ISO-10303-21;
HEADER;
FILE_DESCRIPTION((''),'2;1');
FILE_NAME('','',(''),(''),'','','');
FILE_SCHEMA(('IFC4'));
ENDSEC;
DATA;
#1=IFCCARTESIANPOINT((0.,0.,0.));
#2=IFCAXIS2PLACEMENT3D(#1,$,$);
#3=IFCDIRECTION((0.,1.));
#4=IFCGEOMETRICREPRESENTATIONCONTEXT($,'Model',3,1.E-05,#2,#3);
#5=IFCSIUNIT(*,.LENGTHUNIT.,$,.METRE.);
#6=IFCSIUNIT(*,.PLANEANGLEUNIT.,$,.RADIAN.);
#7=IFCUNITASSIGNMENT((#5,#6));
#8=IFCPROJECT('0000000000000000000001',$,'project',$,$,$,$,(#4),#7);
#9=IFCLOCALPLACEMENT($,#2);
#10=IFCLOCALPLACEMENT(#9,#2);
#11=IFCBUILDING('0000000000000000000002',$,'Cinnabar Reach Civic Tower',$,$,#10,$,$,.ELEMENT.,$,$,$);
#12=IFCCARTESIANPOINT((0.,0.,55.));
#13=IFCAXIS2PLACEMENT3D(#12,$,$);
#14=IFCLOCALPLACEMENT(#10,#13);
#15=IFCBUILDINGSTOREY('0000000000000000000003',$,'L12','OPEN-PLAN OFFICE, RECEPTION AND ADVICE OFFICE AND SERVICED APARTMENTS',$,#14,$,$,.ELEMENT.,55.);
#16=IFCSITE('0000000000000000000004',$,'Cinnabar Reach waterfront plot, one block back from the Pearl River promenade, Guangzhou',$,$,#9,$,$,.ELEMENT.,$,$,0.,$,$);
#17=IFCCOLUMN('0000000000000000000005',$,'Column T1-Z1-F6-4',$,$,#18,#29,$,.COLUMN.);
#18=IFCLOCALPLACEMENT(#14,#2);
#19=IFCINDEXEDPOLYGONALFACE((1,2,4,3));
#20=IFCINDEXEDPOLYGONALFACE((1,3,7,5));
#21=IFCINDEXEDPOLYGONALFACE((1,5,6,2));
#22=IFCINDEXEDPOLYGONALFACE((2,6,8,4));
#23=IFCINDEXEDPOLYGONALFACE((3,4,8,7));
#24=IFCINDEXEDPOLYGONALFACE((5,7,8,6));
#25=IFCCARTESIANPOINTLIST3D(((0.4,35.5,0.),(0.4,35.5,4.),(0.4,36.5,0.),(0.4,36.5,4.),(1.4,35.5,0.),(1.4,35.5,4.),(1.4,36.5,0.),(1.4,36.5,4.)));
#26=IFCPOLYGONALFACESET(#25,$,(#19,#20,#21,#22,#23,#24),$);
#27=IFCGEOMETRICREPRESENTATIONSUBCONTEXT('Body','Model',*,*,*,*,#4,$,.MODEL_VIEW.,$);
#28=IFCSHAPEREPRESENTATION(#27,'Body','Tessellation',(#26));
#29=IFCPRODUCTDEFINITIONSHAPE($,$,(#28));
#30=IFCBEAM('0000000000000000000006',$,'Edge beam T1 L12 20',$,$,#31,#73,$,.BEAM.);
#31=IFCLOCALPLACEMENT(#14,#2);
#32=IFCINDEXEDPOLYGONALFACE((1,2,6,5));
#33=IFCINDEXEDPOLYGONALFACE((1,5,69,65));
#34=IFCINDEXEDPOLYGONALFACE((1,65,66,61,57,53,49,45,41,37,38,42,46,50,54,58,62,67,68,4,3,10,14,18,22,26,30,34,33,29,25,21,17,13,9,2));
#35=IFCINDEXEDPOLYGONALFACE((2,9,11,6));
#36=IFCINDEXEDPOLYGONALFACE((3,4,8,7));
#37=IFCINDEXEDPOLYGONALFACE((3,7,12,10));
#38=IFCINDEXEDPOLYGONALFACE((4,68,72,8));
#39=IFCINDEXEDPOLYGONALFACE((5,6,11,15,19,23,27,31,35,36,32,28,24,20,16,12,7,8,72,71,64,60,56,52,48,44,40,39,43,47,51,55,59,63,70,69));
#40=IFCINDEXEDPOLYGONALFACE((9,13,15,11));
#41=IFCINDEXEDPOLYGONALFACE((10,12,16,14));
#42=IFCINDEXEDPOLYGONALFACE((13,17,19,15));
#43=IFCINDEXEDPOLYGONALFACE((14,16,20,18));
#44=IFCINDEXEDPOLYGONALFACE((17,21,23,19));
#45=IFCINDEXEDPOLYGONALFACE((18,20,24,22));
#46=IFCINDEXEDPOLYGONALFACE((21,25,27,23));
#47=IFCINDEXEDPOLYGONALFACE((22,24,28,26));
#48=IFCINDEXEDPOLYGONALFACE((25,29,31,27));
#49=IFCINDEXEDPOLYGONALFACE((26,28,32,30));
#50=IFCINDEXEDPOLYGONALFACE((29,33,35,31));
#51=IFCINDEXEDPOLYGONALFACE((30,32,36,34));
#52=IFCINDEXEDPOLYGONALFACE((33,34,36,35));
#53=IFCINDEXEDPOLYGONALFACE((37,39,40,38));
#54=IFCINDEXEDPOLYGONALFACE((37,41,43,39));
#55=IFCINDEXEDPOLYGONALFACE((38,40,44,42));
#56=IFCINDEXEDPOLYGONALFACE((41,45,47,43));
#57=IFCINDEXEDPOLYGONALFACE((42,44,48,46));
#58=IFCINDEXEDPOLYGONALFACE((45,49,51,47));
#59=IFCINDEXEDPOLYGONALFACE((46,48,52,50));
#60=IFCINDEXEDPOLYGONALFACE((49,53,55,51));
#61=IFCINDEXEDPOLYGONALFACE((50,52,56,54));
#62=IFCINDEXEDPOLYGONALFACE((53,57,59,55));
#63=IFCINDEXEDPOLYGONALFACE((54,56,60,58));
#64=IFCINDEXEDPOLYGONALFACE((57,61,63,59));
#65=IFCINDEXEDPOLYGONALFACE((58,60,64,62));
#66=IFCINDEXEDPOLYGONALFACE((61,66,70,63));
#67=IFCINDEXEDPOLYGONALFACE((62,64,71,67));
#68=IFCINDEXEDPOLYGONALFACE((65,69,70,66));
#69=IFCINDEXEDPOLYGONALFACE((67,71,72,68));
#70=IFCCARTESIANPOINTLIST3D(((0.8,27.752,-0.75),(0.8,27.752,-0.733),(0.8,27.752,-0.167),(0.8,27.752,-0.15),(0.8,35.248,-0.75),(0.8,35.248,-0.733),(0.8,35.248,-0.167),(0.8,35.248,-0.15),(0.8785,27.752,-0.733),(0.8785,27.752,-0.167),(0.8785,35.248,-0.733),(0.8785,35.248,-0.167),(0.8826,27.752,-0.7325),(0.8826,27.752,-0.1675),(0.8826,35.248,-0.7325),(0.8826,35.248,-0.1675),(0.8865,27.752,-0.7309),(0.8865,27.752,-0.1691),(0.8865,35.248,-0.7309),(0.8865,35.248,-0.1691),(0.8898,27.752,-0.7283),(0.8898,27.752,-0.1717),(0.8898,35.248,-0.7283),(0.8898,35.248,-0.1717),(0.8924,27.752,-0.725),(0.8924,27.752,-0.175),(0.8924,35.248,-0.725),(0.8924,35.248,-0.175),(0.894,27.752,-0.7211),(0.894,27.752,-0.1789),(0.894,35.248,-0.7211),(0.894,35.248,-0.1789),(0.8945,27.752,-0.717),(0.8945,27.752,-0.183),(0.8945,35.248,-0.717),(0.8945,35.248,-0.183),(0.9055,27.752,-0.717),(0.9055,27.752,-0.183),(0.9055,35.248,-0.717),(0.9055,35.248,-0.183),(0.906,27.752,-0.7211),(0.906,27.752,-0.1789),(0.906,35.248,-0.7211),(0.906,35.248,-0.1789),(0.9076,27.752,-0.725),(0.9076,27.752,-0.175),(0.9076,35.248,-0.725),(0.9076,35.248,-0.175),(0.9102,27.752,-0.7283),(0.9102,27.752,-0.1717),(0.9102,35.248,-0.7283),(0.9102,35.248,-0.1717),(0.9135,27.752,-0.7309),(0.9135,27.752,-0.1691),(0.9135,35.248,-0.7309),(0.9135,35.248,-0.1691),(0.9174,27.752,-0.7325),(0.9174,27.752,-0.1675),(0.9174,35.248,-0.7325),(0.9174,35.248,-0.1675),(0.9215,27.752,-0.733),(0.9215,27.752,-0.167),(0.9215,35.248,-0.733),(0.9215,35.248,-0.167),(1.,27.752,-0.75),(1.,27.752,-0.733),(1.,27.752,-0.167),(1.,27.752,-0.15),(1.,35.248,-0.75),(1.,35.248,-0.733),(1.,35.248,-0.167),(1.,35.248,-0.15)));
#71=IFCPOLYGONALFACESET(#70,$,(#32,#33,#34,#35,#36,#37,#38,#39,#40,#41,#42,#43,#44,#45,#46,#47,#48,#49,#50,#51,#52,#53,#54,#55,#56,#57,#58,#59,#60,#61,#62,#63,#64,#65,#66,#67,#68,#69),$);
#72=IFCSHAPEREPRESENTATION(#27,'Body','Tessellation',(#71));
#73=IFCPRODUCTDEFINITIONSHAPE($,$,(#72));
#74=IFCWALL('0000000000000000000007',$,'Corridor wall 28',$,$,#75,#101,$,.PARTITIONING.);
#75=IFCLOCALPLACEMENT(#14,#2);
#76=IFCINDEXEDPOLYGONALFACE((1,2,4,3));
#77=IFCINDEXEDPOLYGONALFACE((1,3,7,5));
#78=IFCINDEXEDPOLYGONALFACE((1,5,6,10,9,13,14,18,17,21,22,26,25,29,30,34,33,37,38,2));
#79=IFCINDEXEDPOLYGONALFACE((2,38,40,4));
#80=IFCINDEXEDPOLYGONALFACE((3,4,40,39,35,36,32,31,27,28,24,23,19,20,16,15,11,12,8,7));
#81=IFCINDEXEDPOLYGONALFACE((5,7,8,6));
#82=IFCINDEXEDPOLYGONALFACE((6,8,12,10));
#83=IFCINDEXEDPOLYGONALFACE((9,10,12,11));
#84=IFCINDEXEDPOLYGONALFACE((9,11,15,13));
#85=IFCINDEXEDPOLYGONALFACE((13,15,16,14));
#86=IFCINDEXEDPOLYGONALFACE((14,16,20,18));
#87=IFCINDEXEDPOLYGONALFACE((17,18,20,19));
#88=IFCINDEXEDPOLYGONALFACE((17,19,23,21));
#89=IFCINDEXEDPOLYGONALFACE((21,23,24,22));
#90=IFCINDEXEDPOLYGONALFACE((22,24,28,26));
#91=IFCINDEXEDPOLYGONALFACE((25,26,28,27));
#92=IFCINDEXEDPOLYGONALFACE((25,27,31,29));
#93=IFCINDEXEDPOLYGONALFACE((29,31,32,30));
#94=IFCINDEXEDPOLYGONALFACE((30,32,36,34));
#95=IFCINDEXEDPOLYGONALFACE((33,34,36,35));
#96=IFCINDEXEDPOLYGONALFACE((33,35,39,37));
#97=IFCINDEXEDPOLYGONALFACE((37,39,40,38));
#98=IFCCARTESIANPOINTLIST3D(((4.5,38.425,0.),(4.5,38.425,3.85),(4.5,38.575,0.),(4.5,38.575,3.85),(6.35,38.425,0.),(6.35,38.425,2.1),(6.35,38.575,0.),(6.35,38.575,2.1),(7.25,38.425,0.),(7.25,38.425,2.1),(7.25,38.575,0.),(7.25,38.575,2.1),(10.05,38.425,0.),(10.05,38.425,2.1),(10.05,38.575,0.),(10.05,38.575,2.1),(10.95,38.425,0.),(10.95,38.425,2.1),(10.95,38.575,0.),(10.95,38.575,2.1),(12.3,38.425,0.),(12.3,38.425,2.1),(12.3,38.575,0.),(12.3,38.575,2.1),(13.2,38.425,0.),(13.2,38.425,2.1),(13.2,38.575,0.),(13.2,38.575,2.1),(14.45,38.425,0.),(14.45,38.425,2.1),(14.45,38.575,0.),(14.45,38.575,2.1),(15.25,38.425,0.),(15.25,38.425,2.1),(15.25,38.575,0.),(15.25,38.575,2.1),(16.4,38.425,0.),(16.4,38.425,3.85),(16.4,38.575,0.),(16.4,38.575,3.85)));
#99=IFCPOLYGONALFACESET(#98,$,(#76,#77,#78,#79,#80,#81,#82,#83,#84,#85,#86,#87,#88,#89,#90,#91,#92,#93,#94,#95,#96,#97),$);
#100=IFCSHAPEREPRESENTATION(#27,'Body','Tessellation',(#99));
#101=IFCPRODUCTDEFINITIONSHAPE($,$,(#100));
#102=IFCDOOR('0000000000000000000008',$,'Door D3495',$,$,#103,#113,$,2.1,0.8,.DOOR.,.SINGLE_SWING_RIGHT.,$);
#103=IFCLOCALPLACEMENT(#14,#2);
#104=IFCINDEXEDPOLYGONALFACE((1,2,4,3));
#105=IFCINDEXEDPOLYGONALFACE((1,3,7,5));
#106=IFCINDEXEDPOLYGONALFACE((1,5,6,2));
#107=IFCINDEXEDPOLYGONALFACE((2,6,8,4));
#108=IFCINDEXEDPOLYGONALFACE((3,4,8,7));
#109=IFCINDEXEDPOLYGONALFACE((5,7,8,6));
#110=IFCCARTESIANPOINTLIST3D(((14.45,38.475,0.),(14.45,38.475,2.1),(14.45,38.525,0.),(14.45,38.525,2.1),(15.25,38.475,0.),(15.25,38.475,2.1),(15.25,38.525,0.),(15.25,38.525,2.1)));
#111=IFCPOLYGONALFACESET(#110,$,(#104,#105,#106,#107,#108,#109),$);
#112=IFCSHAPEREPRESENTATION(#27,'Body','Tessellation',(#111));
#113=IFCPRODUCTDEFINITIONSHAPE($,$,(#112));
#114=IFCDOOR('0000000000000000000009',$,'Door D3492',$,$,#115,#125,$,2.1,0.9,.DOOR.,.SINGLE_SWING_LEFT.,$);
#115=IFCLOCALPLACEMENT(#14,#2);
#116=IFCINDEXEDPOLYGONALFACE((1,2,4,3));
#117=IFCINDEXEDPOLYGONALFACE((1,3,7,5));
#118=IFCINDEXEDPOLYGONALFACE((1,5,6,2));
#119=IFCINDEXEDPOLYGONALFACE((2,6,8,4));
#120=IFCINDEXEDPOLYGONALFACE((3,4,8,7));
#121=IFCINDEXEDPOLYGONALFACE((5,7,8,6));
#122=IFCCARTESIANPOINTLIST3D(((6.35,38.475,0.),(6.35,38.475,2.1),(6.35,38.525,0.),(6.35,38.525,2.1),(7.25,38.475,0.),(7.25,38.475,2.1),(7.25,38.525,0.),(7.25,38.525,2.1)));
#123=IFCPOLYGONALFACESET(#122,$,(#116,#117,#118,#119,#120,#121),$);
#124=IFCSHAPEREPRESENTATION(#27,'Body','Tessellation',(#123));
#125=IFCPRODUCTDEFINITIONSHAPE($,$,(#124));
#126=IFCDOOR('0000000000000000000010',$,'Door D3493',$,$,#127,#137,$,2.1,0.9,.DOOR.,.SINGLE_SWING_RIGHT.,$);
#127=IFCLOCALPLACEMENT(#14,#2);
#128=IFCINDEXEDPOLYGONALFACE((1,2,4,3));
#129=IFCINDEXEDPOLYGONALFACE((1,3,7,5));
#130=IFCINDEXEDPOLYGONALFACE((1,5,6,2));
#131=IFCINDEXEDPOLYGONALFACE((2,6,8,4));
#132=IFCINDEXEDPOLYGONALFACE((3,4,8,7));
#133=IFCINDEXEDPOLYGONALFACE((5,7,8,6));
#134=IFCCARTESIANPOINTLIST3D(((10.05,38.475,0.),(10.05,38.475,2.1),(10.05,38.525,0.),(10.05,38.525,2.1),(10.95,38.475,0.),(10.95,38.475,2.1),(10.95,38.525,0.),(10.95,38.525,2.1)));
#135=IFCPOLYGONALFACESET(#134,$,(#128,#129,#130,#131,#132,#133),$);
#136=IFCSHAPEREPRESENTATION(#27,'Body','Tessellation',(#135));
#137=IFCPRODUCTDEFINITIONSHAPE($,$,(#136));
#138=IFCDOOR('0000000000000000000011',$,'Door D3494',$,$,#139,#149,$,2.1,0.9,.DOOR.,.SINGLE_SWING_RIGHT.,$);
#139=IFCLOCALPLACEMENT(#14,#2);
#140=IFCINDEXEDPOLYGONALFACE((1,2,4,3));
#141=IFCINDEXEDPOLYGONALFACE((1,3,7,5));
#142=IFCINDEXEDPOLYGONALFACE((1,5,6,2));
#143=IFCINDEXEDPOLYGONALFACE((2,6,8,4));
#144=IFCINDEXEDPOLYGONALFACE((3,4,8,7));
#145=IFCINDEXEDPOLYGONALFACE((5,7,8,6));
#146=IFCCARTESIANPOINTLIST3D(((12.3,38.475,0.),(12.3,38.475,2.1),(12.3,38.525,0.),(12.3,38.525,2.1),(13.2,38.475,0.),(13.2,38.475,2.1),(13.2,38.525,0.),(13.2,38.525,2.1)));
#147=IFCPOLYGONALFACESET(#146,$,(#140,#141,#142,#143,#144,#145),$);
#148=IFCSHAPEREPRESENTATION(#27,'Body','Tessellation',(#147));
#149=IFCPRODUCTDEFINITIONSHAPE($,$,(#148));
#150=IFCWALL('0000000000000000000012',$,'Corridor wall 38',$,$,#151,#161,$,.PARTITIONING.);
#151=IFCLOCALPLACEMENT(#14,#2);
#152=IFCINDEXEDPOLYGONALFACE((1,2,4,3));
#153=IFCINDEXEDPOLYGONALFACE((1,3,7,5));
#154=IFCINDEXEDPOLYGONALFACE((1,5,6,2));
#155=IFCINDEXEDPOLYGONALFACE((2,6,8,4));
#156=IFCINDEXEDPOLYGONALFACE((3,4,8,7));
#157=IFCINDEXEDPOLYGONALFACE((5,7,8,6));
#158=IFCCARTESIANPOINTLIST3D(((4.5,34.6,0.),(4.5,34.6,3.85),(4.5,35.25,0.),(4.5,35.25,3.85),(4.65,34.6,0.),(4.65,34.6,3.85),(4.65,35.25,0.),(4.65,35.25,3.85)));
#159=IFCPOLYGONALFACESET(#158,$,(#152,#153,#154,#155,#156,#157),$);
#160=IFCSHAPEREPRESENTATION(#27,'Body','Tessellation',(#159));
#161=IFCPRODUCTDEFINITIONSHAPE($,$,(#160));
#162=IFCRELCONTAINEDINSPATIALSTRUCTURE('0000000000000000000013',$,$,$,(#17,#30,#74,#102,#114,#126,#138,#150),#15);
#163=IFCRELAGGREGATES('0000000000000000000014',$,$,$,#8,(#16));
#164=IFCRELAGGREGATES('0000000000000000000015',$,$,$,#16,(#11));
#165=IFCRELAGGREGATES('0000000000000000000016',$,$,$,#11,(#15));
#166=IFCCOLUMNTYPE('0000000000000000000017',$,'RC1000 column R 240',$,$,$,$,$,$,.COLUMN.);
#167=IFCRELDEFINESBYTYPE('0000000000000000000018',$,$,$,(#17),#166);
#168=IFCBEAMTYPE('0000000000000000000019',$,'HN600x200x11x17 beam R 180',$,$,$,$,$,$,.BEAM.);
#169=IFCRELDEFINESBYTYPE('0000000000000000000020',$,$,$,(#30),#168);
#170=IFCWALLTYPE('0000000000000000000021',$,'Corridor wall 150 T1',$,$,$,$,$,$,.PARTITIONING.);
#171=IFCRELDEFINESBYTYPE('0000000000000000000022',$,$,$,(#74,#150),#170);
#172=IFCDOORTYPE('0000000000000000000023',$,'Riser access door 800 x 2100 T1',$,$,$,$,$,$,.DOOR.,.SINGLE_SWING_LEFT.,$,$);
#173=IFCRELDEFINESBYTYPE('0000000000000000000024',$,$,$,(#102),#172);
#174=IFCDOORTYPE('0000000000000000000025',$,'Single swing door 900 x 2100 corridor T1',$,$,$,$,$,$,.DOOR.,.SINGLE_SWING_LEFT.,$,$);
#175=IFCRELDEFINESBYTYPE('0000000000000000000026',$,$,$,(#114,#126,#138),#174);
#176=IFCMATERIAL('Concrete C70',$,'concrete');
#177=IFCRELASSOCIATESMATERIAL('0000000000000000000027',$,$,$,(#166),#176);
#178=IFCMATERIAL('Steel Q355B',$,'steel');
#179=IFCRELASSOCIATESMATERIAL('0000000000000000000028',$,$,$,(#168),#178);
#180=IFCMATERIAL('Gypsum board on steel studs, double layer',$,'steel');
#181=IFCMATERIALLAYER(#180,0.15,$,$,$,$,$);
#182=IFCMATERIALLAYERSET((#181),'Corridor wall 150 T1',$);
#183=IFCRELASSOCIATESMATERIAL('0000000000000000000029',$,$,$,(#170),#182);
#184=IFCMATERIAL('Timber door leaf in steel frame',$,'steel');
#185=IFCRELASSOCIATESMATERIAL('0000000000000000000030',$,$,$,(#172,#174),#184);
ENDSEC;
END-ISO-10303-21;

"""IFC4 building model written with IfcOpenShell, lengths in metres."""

from ifc_helpers import new_model, si_unit, direction, frame, frame_2d, origin, origin_2d, place, context, subcontext, project, spatial, rectangle, i_section, extrude, material, layer, layer_set, material_profile, profile_set, type_object, element, fill, save


model = new_model("IFC4")

# Units and contexts
model_context = context("Model", 3, precision=1e-05, world=origin(), true_north=direction((0.0, 1.0)))
body_context = subcontext(model_context, "Body", "Model", "MODEL_VIEW")
ifc_project = project(units=[si_unit("LENGTHUNIT", "METRE"), si_unit("PLANEANGLEUNIT", "RADIAN")], contexts=[model_context])

# Site, building, storey
site_placement = place(None, origin())
site = spatial("IfcSite", under=ifc_project, at=site_placement, Name="Cinnabar Reach waterfront plot, one block back from the Pearl River promenade, Guangzhou", CompositionType="ELEMENT", RefElevation=0.0)
building_placement = place(site_placement, origin())
building = spatial("IfcBuilding", under=site, at=building_placement, Name="Cinnabar Reach Civic Tower", CompositionType="ELEMENT")
storey_placement = place(building_placement, frame((0.0, 0.0, 55.0)))
storey = spatial("IfcBuildingStorey", under=building, at=storey_placement, Name="L12", Description="OPEN-PLAN OFFICE, RECEPTION AND ADVICE OFFICE AND SERVICED APARTMENTS", CompositionType="ELEMENT", Elevation=55.0)

# Column
ifc_material_1 = material(Name="Concrete C70", Category="concrete")
ifc_material_profile_1 = material_profile(ifc_material_1, rectangle(XDim=1.0, YDim=1.0, at=origin_2d()), Name="RC1000")
ifc_profile_set_1 = profile_set([ifc_material_profile_1], Name="Concrete C70")
column_type = type_object("IfcColumnType", Name="RC1000 column R 240", PredefinedType="COLUMN", material=ifc_profile_set_1)
column_placement = place(storey_placement, frame((0.9, 36.0, 0.0), z_axis=(0.0, 0.0, 1.0), x_axis=(1.0, 0.0, 0.0)))
element("IfcColumn", 1, at=column_placement, inside=storey, type_object=column_type, Name="Column T1-Z1-F6-4", PredefinedType="COLUMN", context=body_context, shape_type="SweptSolid", body=[
    extrude(rectangle(XDim=1.0, YDim=1.0, at=origin_2d()), origin(), (0.0, 0.0, 1.0), 4.0),
])

# Beam
ifc_material_2 = material(Name="Steel Q355B", Category="steel")
ifc_material_profile_2 = material_profile(ifc_material_2, i_section(OverallWidth=0.2, OverallDepth=0.6, WebThickness=0.011, FlangeThickness=0.017, FilletRadius=0.016, at=origin_2d()), Name="HN600x200x11x17")
ifc_profile_set_2 = profile_set([ifc_material_profile_2], Name="Steel Q355B")
beam_type = type_object("IfcBeamType", Name="HN600x200x11x17 beam R 180", PredefinedType="BEAM", material=ifc_profile_set_2)
beam_placement = place(storey_placement, frame((0.9, 35.248, -0.45), z_axis=(0.0, -1.0, 0.0), x_axis=(1.0, 0.0, 0.0)))
element("IfcBeam", 2, at=beam_placement, inside=storey, type_object=beam_type, Name="Edge beam T1 L12 20", PredefinedType="BEAM", context=body_context, shape_type="SweptSolid", body=[
    extrude(i_section(OverallWidth=0.2, OverallDepth=0.6, WebThickness=0.011, FlangeThickness=0.017, FilletRadius=0.016, at=origin_2d()), origin(), (0.0, 0.0, 1.0), 7.496),
])

# Wall, openings, doors
ifc_material_3 = material(Name="Gypsum board on steel studs, double layer", Category="steel")
ifc_layer_1 = layer(ifc_material_3, 0.15)
ifc_layer_set_1 = layer_set([ifc_layer_1], Name="Corridor wall 150 T1")
wall_type_1 = type_object("IfcWallType", Name="Corridor wall 150 T1", PredefinedType="PARTITIONING", material=ifc_layer_set_1)
wall_1_placement = place(storey_placement, frame((4.5, 38.5, 0.0), z_axis=(0.0, 0.0, 1.0), x_axis=(1.0, 0.0, 0.0)))
wall_1 = element("IfcWall", 3, at=wall_1_placement, inside=storey, type_object=wall_type_1, Name="Corridor wall 28", PredefinedType="PARTITIONING", context=body_context, shape_type="SweptSolid", body=[
    extrude(rectangle(XDim=11.9, YDim=0.15, at=frame_2d((5.95, 0.0))), origin(), (0.0, 0.0, 1.0), 3.85),
])
opening_1_placement = place(wall_1_placement, frame((1.85, 0.0, 0.0)))
opening_1 = element("IfcOpeningElement", 4, at=opening_1_placement, cuts=wall_1, PredefinedType="OPENING", context=body_context, shape_type="SweptSolid", body=[
    extrude(rectangle(XDim=0.9, YDim=2.1, at=frame_2d((0.45, 1.05))), frame((0.0, 0.085, 0.0), z_axis=(0.0, -1.0, 0.0), x_axis=(1.0, 0.0, 0.0)), (0.0, 0.0, 1.0), 0.17),
])
opening_2_placement = place(wall_1_placement, frame((5.55, 0.0, 0.0)))
opening_2 = element("IfcOpeningElement", 5, at=opening_2_placement, cuts=wall_1, PredefinedType="OPENING", context=body_context, shape_type="SweptSolid", body=[
    extrude(rectangle(XDim=0.9, YDim=2.1, at=frame_2d((0.45, 1.05))), frame((0.0, 0.085, 0.0), z_axis=(0.0, -1.0, 0.0), x_axis=(1.0, 0.0, 0.0)), (0.0, 0.0, 1.0), 0.17),
])
opening_3_placement = place(wall_1_placement, frame((7.8, 0.0, 0.0)))
opening_3 = element("IfcOpeningElement", 6, at=opening_3_placement, cuts=wall_1, PredefinedType="OPENING", context=body_context, shape_type="SweptSolid", body=[
    extrude(rectangle(XDim=0.9, YDim=2.1, at=frame_2d((0.45, 1.05))), frame((0.0, 0.085, 0.0), z_axis=(0.0, -1.0, 0.0), x_axis=(1.0, 0.0, 0.0)), (0.0, 0.0, 1.0), 0.17),
])
opening_4_placement = place(wall_1_placement, frame((9.95, 0.0, 0.0)))
opening_4 = element("IfcOpeningElement", 7, at=opening_4_placement, cuts=wall_1, PredefinedType="OPENING", context=body_context, shape_type="SweptSolid", body=[
    extrude(rectangle(XDim=0.8, YDim=2.1, at=frame_2d((0.4, 1.05))), frame((0.0, 0.085, 0.0), z_axis=(0.0, -1.0, 0.0), x_axis=(1.0, 0.0, 0.0)), (0.0, 0.0, 1.0), 0.17),
])
ifc_material_4 = material(Name="Timber door leaf in steel frame", Category="steel")
door_type_1 = type_object("IfcDoorType", Name="Riser access door 800 x 2100 T1", OperationType="SINGLE_SWING_LEFT", PredefinedType="DOOR", material=ifc_material_4)
door_1_placement = place(opening_4_placement, origin())
door_1 = element("IfcDoor", 8, at=door_1_placement, inside=storey, type_object=door_type_1, Name="Door D3495", OperationType="SINGLE_SWING_RIGHT", OverallHeight=2.1, OverallWidth=0.8, PredefinedType="DOOR", context=body_context, shape_type="SweptSolid", body=[
    extrude(rectangle(XDim=0.8, YDim=2.1, at=frame_2d((0.4, 1.05))), frame((0.0, 0.025, 0.0), z_axis=(0.0, -1.0, 0.0), x_axis=(1.0, 0.0, 0.0)), (0.0, 0.0, 1.0), 0.05),
])
fill(opening_4, door_1)
door_type_2 = type_object("IfcDoorType", Name="Single swing door 900 x 2100 corridor T1", OperationType="SINGLE_SWING_LEFT", PredefinedType="DOOR", material=ifc_material_4)
door_2_placement = place(opening_1_placement, origin())
door_2 = element("IfcDoor", 9, at=door_2_placement, inside=storey, type_object=door_type_2, Name="Door D3492", OperationType="SINGLE_SWING_LEFT", OverallHeight=2.1, OverallWidth=0.9, PredefinedType="DOOR", context=body_context, shape_type="SweptSolid", body=[
    extrude(rectangle(XDim=0.9, YDim=2.1, at=frame_2d((0.45, 1.05))), frame((0.0, 0.025, 0.0), z_axis=(0.0, -1.0, 0.0), x_axis=(1.0, 0.0, 0.0)), (0.0, 0.0, 1.0), 0.05),
])
fill(opening_1, door_2)
door_3_placement = place(opening_2_placement, origin())
door_3 = element("IfcDoor", 10, at=door_3_placement, inside=storey, type_object=door_type_2, Name="Door D3493", OperationType="SINGLE_SWING_RIGHT", OverallHeight=2.1, OverallWidth=0.9, PredefinedType="DOOR", context=body_context, shape_type="SweptSolid", body=[
    extrude(rectangle(XDim=0.9, YDim=2.1, at=frame_2d((0.45, 1.05))), frame((0.0, 0.025, 0.0), z_axis=(0.0, -1.0, 0.0), x_axis=(1.0, 0.0, 0.0)), (0.0, 0.0, 1.0), 0.05),
])
fill(opening_2, door_3)
door_4_placement = place(opening_3_placement, origin())
door_4 = element("IfcDoor", 11, at=door_4_placement, inside=storey, type_object=door_type_2, Name="Door D3494", OperationType="SINGLE_SWING_RIGHT", OverallHeight=2.1, OverallWidth=0.9, PredefinedType="DOOR", context=body_context, shape_type="SweptSolid", body=[
    extrude(rectangle(XDim=0.9, YDim=2.1, at=frame_2d((0.45, 1.05))), frame((0.0, 0.025, 0.0), z_axis=(0.0, -1.0, 0.0), x_axis=(1.0, 0.0, 0.0)), (0.0, 0.0, 1.0), 0.05),
])
fill(opening_3, door_4)

# Wall
wall_2_placement = place(storey_placement, frame((4.575, 34.6, 0.0), z_axis=(0.0, 0.0, 1.0), x_axis=(0.0, 1.0, 0.0)))
element("IfcWall", 12, at=wall_2_placement, inside=storey, type_object=wall_type_1, Name="Corridor wall 38", PredefinedType="PARTITIONING", context=body_context, shape_type="SweptSolid", body=[
    extrude(rectangle(XDim=0.65, YDim=0.15, at=frame_2d((0.325, 0.0))), origin(), (0.0, 0.0, 1.0), 3.85),
])

save(model, "model.ifc")
